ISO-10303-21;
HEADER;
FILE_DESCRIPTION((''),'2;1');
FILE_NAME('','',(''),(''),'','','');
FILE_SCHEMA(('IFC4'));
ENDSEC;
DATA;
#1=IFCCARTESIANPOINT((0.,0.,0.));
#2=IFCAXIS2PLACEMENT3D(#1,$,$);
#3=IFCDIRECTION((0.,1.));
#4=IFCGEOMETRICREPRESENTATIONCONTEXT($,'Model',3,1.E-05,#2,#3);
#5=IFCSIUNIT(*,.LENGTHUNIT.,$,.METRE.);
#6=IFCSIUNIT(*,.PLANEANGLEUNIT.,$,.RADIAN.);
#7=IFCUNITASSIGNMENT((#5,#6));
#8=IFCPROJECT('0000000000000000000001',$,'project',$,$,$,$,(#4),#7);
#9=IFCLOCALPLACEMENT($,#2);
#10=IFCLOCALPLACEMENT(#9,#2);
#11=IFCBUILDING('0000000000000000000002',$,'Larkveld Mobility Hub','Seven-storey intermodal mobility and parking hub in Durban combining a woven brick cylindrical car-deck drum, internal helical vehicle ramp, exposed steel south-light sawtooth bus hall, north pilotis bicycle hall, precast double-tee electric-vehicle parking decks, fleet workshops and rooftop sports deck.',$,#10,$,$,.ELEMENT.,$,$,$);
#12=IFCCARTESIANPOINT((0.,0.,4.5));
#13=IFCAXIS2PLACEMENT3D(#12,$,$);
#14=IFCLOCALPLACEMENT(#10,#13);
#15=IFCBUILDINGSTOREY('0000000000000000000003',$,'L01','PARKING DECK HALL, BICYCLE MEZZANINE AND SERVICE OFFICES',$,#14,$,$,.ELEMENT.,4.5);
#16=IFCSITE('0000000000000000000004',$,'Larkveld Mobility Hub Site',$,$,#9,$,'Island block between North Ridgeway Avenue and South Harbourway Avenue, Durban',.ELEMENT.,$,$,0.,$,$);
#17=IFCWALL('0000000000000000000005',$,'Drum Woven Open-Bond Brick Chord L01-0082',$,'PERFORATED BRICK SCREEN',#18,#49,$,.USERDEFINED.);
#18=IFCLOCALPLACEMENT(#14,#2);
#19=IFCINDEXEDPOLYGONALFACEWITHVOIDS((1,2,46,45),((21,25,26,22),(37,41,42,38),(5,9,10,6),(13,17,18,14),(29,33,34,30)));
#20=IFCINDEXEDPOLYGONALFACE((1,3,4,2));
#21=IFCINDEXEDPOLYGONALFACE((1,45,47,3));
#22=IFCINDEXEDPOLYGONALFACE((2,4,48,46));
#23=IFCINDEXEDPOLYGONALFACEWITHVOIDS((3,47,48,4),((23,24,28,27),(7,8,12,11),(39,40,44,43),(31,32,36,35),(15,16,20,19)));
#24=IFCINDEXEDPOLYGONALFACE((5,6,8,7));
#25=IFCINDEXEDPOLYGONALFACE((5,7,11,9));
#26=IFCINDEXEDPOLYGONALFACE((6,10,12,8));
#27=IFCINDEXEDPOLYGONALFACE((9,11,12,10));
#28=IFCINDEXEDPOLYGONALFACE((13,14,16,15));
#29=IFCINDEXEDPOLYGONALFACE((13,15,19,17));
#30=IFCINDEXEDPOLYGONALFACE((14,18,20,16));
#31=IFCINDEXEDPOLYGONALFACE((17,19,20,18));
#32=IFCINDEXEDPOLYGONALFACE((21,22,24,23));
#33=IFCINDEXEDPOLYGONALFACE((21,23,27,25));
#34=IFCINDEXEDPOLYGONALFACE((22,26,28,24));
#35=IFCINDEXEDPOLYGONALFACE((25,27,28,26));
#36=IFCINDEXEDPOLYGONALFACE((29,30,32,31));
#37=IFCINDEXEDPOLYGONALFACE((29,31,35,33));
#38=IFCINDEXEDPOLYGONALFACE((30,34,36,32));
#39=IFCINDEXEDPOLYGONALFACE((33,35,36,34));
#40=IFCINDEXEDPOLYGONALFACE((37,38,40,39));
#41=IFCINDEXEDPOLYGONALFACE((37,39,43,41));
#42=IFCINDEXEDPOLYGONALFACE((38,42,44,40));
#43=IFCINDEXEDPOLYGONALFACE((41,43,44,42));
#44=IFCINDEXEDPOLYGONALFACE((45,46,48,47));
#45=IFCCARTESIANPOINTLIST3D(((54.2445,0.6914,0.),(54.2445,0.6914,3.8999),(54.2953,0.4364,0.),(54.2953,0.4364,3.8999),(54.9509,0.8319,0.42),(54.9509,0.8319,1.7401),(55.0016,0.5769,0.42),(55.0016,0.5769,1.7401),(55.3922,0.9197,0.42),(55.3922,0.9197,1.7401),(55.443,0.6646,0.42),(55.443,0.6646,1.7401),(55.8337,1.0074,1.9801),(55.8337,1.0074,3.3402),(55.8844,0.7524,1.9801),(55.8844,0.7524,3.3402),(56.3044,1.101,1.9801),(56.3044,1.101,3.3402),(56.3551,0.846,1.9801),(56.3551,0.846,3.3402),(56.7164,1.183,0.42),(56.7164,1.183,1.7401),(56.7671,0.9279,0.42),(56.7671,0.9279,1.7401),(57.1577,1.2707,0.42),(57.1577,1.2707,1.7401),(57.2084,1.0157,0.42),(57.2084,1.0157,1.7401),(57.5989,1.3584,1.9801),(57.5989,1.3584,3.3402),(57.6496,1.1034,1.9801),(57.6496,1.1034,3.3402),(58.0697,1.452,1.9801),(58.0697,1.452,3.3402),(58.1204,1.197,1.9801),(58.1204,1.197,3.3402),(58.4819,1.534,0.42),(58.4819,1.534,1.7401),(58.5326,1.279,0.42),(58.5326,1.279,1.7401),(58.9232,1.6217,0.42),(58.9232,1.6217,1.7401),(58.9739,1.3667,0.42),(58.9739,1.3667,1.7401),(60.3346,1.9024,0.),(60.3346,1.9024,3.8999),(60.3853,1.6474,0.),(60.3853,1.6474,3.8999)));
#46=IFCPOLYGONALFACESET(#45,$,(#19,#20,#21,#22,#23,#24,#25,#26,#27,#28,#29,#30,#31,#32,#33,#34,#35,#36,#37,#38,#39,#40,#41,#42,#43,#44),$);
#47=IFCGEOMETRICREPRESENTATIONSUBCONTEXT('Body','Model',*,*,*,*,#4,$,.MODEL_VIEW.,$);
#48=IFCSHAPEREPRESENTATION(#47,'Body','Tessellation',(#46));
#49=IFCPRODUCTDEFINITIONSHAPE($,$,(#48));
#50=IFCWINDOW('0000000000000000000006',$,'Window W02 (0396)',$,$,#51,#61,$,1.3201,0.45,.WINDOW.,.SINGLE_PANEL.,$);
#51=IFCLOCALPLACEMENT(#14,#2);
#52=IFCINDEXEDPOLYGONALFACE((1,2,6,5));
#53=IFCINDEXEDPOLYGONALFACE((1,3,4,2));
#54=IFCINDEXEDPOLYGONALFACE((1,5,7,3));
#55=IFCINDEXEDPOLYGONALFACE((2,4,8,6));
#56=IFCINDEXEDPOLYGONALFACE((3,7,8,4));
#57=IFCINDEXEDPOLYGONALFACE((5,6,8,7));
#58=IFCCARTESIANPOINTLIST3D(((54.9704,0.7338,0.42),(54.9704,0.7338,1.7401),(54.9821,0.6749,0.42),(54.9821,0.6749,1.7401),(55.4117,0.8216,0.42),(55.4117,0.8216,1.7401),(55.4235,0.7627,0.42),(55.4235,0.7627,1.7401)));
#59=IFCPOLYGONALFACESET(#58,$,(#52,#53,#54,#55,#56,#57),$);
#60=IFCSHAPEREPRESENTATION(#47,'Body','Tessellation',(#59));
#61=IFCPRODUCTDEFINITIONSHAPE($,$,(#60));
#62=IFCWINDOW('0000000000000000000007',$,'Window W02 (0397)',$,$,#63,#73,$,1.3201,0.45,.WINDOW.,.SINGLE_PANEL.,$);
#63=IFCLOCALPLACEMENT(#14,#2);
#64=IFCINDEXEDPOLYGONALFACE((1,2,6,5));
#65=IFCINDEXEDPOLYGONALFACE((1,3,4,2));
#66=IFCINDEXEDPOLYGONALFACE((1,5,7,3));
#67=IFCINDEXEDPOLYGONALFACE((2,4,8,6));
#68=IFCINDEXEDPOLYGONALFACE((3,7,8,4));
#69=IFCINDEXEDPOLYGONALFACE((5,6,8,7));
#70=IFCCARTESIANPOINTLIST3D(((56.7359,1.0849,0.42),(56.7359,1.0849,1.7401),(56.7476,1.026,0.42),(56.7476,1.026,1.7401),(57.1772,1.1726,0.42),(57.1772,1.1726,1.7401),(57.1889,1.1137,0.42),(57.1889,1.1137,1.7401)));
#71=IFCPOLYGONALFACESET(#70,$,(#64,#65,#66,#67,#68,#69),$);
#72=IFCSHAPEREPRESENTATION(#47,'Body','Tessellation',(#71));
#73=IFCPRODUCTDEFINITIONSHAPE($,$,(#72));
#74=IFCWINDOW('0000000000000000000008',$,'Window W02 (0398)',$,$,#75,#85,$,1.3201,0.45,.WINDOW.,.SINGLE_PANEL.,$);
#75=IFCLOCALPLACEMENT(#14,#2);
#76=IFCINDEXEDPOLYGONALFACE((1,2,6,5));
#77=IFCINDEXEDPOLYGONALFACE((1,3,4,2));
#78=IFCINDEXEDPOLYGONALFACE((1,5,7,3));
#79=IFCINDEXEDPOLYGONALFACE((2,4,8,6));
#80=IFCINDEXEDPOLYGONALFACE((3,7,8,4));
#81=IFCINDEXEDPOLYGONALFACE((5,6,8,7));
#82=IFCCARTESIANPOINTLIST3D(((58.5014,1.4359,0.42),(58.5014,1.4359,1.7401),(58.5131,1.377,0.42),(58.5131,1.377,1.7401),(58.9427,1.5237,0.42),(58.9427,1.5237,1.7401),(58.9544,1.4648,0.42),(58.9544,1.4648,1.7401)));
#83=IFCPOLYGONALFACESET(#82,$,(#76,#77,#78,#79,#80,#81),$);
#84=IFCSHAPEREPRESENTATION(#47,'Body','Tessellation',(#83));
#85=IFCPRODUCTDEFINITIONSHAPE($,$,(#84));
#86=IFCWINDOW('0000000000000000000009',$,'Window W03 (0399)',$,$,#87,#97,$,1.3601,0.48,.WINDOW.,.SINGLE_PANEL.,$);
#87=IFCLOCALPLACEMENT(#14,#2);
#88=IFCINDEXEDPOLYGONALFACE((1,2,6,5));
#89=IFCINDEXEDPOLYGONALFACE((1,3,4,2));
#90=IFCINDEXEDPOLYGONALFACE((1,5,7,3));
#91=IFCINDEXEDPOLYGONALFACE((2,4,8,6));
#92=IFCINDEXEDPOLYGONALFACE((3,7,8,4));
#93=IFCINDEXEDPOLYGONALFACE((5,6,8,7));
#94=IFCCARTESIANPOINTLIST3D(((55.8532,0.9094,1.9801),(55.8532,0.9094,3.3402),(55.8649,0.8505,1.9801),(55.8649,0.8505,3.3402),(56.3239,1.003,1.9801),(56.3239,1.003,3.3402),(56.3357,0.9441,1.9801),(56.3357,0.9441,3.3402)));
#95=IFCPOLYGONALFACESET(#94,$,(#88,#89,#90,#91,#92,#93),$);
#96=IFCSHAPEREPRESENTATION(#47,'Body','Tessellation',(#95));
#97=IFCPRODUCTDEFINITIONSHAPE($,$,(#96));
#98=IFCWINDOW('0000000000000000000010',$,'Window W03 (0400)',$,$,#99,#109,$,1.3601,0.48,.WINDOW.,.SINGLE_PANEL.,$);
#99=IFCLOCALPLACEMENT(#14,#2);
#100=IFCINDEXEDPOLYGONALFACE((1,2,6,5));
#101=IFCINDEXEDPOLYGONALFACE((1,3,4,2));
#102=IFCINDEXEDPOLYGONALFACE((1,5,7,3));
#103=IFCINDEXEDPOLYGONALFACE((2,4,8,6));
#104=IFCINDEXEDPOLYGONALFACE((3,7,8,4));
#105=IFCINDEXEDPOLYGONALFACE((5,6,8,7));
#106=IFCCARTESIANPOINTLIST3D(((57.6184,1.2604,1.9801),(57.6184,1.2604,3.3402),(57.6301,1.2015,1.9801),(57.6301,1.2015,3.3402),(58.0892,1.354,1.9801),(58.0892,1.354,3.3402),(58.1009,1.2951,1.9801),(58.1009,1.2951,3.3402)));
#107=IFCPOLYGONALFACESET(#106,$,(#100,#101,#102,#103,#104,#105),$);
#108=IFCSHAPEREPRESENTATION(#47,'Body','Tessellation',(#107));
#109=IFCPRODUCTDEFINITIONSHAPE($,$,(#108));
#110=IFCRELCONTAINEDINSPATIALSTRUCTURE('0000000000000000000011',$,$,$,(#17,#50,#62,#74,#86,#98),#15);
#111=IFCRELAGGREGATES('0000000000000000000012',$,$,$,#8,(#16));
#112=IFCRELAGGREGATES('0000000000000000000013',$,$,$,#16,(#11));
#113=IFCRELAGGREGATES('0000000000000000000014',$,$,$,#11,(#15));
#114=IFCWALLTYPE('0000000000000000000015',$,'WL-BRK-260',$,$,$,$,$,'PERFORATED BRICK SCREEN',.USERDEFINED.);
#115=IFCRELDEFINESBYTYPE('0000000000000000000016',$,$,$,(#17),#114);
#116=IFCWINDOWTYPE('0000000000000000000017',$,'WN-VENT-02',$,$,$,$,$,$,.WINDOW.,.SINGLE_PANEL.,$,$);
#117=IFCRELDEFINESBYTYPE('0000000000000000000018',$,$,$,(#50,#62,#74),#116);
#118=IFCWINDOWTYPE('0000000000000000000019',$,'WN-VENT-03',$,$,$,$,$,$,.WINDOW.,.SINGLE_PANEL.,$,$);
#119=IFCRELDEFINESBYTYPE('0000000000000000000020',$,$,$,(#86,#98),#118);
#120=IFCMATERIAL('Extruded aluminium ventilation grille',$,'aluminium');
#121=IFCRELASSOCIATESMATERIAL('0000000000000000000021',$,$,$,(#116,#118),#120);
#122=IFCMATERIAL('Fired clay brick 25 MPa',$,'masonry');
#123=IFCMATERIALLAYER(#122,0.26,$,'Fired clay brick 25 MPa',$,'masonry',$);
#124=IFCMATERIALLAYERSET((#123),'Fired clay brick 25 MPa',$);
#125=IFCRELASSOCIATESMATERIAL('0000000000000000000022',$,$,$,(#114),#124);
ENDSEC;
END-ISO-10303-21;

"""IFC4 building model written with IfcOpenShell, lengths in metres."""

from ifc_helpers import new_model, si_unit, direction, frame, frame_2d, origin, place, context, subcontext, project, spatial, rectangle, extrude, material, layer, layer_set, type_object, element, fill, save


model = new_model("IFC4")

# Units and contexts
model_context = context("Model", 3, precision=1e-05, world=origin(), true_north=direction((0.0, 1.0)))
body_context = subcontext(model_context, "Body", "Model", "MODEL_VIEW")
ifc_project = project(units=[si_unit("LENGTHUNIT", "METRE"), si_unit("PLANEANGLEUNIT", "RADIAN")], contexts=[model_context])

# Site, building, storey
site_placement = place(None, origin())
site = spatial("IfcSite", under=ifc_project, at=site_placement, Name="Larkveld Mobility Hub Site", LongName="Island block between North Ridgeway Avenue and South Harbourway Avenue, Durban", CompositionType="ELEMENT", RefElevation=0.0)
building_placement = place(site_placement, origin())
building = spatial("IfcBuilding", under=site, at=building_placement, Name="Larkveld Mobility Hub", Description="Seven-storey intermodal mobility and parking hub in Durban combining a woven brick cylindrical car-deck drum, internal helical vehicle ramp, exposed steel south-light sawtooth bus hall, north pilotis bicycle hall, precast double-tee electric-vehicle parking decks, fleet workshops and rooftop sports deck.", CompositionType="ELEMENT")
storey_placement = place(building_placement, frame((0.0, 0.0, 4.5)))
storey = spatial("IfcBuildingStorey", under=building, at=storey_placement, Name="L01", Description="PARKING DECK HALL, BICYCLE MEZZANINE AND SERVICE OFFICES", CompositionType="ELEMENT", Elevation=4.5)

# Wall, openings, windows
ifc_material_1 = material(Name="Fired clay brick 25 MPa", Category="masonry")
ifc_material_2 = material(Name="Extruded aluminium ventilation grille", Category="aluminium")
window_type_1 = type_object("IfcWindowType", Name="WN-VENT-02", PartitioningType="SINGLE_PANEL", PredefinedType="WINDOW", material=ifc_material_2)
ifc_layer_1 = layer(ifc_material_1, 0.26, Name="Fired clay brick 25 MPa", Category="masonry")
ifc_layer_set_1 = layer_set([ifc_layer_1], Name="Fired clay brick 25 MPa")
wall_type_1 = type_object("IfcWallType", Name="WL-BRK-260", ElementType="PERFORATED BRICK SCREEN", PredefinedType="USERDEFINED", material=ifc_layer_set_1)
wall_1_placement = place(storey_placement, frame((54.27, 0.564, 0.0), z_axis=(0.0, 0.0, 1.0), x_axis=(0.980799, 0.19502, 0.0)))
wall_1 = element("IfcWall", 1, at=wall_1_placement, inside=storey, type_object=wall_type_1, Name="Drum Woven Open-Bond Brick Chord L01-0082", ObjectType="PERFORATED BRICK SCREEN", PredefinedType="USERDEFINED", context=body_context, shape_type="SweptSolid", body=[
    extrude(rectangle(XDim=6.2092, YDim=0.26, at=frame_2d((3.1045, 0.0))), origin(), (0.0, 0.0, 1.0), 3.8999),
])
opening_1_placement = place(wall_1_placement, frame((0.72, 0.0, 0.4199)))
opening_1 = element("IfcOpeningElement", 2, at=opening_1_placement, cuts=wall_1, PredefinedType="OPENING", context=body_context, shape_type="SweptSolid", body=[
    extrude(rectangle(XDim=0.45, YDim=1.3201, at=frame_2d((0.2251, 0.6602))), frame((0.0, 0.1401, 0.0), z_axis=(0.0, -1.0, 0.0), x_axis=(1.0, 0.0, 0.0)), (0.0, 0.0, 1.0), 0.28),
])
opening_2_placement = place(wall_1_placement, frame((2.52, 0.0, 0.4199)))
opening_2 = element("IfcOpeningElement", 3, at=opening_2_placement, cuts=wall_1, PredefinedType="OPENING", context=body_context, shape_type="SweptSolid", body=[
    extrude(rectangle(XDim=0.45, YDim=1.3201, at=frame_2d((0.2251, 0.6602))), frame((0.0, 0.1401, 0.0), z_axis=(0.0, -1.0, 0.0), x_axis=(1.0, 0.0, 0.0)), (0.0, 0.0, 1.0), 0.28),
])
opening_3_placement = place(wall_1_placement, frame((4.3201, 0.0, 0.4199)))
opening_3 = element("IfcOpeningElement", 4, at=opening_3_placement, cuts=wall_1, PredefinedType="OPENING", context=body_context, shape_type="SweptSolid", body=[
    extrude(rectangle(XDim=0.45, YDim=1.3201, at=frame_2d((0.2251, 0.6602))), frame((0.0, 0.1401, 0.0), z_axis=(0.0, -1.0, 0.0), x_axis=(1.0, 0.0, 0.0)), (0.0, 0.0, 1.0), 0.28),
])
opening_4_placement = place(wall_1_placement, frame((1.6201, 0.0, 1.98)))
opening_4 = element("IfcOpeningElement", 5, at=opening_4_placement, cuts=wall_1, PredefinedType="OPENING", context=body_context, shape_type="SweptSolid", body=[
    extrude(rectangle(XDim=0.48, YDim=1.3601, at=frame_2d((0.24, 0.6802))), frame((0.0, 0.1401, 0.0), z_axis=(0.0, -1.0, 0.0), x_axis=(1.0, 0.0, 0.0)), (0.0, 0.0, 1.0), 0.28),
])
opening_5_placement = place(wall_1_placement, frame((3.4199, 0.0, 1.98)))
opening_5 = element("IfcOpeningElement", 6, at=opening_5_placement, cuts=wall_1, PredefinedType="OPENING", context=body_context, shape_type="SweptSolid", body=[
    extrude(rectangle(XDim=0.48, YDim=1.3601, at=frame_2d((0.24, 0.6802))), frame((0.0, 0.1401, 0.0), z_axis=(0.0, -1.0, 0.0), x_axis=(1.0, 0.0, 0.0)), (0.0, 0.0, 1.0), 0.28),
])
window_1_placement = place(opening_1_placement, origin())
window_1 = element("IfcWindow", 7, at=window_1_placement, inside=storey, type_object=window_type_1, Name="Window W02 (0396)", OverallHeight=1.3201, OverallWidth=0.45, PartitioningType="SINGLE_PANEL", PredefinedType="WINDOW", context=body_context, shape_type="SweptSolid", body=[
    extrude(rectangle(XDim=0.45, YDim=1.3201, at=frame_2d((0.2251, 0.6602))), frame((0.0, 0.03, 0.0), z_axis=(0.0, -1.0, 0.0), x_axis=(1.0, 0.0, 0.0)), (0.0, 0.0, 1.0), 0.0601),
])
fill(opening_1, window_1)
window_2_placement = place(opening_2_placement, origin())
window_2 = element("IfcWindow", 8, at=window_2_placement, inside=storey, type_object=window_type_1, Name="Window W02 (0397)", OverallHeight=1.3201, OverallWidth=0.45, PartitioningType="SINGLE_PANEL", PredefinedType="WINDOW", context=body_context, shape_type="SweptSolid", body=[
    extrude(rectangle(XDim=0.45, YDim=1.3201, at=frame_2d((0.2251, 0.6602))), frame((0.0, 0.03, 0.0), z_axis=(0.0, -1.0, 0.0), x_axis=(1.0, 0.0, 0.0)), (0.0, 0.0, 1.0), 0.0601),
])
fill(opening_2, window_2)
window_3_placement = place(opening_3_placement, origin())
window_3 = element("IfcWindow", 9, at=window_3_placement, inside=storey, type_object=window_type_1, Name="Window W02 (0398)", OverallHeight=1.3201, OverallWidth=0.45, PartitioningType="SINGLE_PANEL", PredefinedType="WINDOW", context=body_context, shape_type="SweptSolid", body=[
    extrude(rectangle(XDim=0.45, YDim=1.3201, at=frame_2d((0.2251, 0.6602))), frame((0.0, 0.03, 0.0), z_axis=(0.0, -1.0, 0.0), x_axis=(1.0, 0.0, 0.0)), (0.0, 0.0, 1.0), 0.0601),
])
fill(opening_3, window_3)
window_type_2 = type_object("IfcWindowType", Name="WN-VENT-03", PartitioningType="SINGLE_PANEL", PredefinedType="WINDOW", material=ifc_material_2)
window_4_placement = place(opening_4_placement, origin())
window_4 = element("IfcWindow", 10, at=window_4_placement, inside=storey, type_object=window_type_2, Name="Window W03 (0399)", OverallHeight=1.3601, OverallWidth=0.48, PartitioningType="SINGLE_PANEL", PredefinedType="WINDOW", context=body_context, shape_type="SweptSolid", body=[
    extrude(rectangle(XDim=0.48, YDim=1.3601, at=frame_2d((0.24, 0.6802))), frame((0.0, 0.03, 0.0), z_axis=(0.0, -1.0, 0.0), x_axis=(1.0, 0.0, 0.0)), (0.0, 0.0, 1.0), 0.0601),
])
fill(opening_4, window_4)
window_5_placement = place(opening_5_placement, origin())
window_5 = element("IfcWindow", 11, at=window_5_placement, inside=storey, type_object=window_type_2, Name="Window W03 (0400)", OverallHeight=1.3601, OverallWidth=0.48, PartitioningType="SINGLE_PANEL", PredefinedType="WINDOW", context=body_context, shape_type="SweptSolid", body=[
    extrude(rectangle(XDim=0.48, YDim=1.3601, at=frame_2d((0.24, 0.6802))), frame((0.0, 0.03, 0.0), z_axis=(0.0, -1.0, 0.0), x_axis=(1.0, 0.0, 0.0)), (0.0, 0.0, 1.0), 0.0601),
])
fill(opening_5, window_5)

save(model, "model.ifc")
